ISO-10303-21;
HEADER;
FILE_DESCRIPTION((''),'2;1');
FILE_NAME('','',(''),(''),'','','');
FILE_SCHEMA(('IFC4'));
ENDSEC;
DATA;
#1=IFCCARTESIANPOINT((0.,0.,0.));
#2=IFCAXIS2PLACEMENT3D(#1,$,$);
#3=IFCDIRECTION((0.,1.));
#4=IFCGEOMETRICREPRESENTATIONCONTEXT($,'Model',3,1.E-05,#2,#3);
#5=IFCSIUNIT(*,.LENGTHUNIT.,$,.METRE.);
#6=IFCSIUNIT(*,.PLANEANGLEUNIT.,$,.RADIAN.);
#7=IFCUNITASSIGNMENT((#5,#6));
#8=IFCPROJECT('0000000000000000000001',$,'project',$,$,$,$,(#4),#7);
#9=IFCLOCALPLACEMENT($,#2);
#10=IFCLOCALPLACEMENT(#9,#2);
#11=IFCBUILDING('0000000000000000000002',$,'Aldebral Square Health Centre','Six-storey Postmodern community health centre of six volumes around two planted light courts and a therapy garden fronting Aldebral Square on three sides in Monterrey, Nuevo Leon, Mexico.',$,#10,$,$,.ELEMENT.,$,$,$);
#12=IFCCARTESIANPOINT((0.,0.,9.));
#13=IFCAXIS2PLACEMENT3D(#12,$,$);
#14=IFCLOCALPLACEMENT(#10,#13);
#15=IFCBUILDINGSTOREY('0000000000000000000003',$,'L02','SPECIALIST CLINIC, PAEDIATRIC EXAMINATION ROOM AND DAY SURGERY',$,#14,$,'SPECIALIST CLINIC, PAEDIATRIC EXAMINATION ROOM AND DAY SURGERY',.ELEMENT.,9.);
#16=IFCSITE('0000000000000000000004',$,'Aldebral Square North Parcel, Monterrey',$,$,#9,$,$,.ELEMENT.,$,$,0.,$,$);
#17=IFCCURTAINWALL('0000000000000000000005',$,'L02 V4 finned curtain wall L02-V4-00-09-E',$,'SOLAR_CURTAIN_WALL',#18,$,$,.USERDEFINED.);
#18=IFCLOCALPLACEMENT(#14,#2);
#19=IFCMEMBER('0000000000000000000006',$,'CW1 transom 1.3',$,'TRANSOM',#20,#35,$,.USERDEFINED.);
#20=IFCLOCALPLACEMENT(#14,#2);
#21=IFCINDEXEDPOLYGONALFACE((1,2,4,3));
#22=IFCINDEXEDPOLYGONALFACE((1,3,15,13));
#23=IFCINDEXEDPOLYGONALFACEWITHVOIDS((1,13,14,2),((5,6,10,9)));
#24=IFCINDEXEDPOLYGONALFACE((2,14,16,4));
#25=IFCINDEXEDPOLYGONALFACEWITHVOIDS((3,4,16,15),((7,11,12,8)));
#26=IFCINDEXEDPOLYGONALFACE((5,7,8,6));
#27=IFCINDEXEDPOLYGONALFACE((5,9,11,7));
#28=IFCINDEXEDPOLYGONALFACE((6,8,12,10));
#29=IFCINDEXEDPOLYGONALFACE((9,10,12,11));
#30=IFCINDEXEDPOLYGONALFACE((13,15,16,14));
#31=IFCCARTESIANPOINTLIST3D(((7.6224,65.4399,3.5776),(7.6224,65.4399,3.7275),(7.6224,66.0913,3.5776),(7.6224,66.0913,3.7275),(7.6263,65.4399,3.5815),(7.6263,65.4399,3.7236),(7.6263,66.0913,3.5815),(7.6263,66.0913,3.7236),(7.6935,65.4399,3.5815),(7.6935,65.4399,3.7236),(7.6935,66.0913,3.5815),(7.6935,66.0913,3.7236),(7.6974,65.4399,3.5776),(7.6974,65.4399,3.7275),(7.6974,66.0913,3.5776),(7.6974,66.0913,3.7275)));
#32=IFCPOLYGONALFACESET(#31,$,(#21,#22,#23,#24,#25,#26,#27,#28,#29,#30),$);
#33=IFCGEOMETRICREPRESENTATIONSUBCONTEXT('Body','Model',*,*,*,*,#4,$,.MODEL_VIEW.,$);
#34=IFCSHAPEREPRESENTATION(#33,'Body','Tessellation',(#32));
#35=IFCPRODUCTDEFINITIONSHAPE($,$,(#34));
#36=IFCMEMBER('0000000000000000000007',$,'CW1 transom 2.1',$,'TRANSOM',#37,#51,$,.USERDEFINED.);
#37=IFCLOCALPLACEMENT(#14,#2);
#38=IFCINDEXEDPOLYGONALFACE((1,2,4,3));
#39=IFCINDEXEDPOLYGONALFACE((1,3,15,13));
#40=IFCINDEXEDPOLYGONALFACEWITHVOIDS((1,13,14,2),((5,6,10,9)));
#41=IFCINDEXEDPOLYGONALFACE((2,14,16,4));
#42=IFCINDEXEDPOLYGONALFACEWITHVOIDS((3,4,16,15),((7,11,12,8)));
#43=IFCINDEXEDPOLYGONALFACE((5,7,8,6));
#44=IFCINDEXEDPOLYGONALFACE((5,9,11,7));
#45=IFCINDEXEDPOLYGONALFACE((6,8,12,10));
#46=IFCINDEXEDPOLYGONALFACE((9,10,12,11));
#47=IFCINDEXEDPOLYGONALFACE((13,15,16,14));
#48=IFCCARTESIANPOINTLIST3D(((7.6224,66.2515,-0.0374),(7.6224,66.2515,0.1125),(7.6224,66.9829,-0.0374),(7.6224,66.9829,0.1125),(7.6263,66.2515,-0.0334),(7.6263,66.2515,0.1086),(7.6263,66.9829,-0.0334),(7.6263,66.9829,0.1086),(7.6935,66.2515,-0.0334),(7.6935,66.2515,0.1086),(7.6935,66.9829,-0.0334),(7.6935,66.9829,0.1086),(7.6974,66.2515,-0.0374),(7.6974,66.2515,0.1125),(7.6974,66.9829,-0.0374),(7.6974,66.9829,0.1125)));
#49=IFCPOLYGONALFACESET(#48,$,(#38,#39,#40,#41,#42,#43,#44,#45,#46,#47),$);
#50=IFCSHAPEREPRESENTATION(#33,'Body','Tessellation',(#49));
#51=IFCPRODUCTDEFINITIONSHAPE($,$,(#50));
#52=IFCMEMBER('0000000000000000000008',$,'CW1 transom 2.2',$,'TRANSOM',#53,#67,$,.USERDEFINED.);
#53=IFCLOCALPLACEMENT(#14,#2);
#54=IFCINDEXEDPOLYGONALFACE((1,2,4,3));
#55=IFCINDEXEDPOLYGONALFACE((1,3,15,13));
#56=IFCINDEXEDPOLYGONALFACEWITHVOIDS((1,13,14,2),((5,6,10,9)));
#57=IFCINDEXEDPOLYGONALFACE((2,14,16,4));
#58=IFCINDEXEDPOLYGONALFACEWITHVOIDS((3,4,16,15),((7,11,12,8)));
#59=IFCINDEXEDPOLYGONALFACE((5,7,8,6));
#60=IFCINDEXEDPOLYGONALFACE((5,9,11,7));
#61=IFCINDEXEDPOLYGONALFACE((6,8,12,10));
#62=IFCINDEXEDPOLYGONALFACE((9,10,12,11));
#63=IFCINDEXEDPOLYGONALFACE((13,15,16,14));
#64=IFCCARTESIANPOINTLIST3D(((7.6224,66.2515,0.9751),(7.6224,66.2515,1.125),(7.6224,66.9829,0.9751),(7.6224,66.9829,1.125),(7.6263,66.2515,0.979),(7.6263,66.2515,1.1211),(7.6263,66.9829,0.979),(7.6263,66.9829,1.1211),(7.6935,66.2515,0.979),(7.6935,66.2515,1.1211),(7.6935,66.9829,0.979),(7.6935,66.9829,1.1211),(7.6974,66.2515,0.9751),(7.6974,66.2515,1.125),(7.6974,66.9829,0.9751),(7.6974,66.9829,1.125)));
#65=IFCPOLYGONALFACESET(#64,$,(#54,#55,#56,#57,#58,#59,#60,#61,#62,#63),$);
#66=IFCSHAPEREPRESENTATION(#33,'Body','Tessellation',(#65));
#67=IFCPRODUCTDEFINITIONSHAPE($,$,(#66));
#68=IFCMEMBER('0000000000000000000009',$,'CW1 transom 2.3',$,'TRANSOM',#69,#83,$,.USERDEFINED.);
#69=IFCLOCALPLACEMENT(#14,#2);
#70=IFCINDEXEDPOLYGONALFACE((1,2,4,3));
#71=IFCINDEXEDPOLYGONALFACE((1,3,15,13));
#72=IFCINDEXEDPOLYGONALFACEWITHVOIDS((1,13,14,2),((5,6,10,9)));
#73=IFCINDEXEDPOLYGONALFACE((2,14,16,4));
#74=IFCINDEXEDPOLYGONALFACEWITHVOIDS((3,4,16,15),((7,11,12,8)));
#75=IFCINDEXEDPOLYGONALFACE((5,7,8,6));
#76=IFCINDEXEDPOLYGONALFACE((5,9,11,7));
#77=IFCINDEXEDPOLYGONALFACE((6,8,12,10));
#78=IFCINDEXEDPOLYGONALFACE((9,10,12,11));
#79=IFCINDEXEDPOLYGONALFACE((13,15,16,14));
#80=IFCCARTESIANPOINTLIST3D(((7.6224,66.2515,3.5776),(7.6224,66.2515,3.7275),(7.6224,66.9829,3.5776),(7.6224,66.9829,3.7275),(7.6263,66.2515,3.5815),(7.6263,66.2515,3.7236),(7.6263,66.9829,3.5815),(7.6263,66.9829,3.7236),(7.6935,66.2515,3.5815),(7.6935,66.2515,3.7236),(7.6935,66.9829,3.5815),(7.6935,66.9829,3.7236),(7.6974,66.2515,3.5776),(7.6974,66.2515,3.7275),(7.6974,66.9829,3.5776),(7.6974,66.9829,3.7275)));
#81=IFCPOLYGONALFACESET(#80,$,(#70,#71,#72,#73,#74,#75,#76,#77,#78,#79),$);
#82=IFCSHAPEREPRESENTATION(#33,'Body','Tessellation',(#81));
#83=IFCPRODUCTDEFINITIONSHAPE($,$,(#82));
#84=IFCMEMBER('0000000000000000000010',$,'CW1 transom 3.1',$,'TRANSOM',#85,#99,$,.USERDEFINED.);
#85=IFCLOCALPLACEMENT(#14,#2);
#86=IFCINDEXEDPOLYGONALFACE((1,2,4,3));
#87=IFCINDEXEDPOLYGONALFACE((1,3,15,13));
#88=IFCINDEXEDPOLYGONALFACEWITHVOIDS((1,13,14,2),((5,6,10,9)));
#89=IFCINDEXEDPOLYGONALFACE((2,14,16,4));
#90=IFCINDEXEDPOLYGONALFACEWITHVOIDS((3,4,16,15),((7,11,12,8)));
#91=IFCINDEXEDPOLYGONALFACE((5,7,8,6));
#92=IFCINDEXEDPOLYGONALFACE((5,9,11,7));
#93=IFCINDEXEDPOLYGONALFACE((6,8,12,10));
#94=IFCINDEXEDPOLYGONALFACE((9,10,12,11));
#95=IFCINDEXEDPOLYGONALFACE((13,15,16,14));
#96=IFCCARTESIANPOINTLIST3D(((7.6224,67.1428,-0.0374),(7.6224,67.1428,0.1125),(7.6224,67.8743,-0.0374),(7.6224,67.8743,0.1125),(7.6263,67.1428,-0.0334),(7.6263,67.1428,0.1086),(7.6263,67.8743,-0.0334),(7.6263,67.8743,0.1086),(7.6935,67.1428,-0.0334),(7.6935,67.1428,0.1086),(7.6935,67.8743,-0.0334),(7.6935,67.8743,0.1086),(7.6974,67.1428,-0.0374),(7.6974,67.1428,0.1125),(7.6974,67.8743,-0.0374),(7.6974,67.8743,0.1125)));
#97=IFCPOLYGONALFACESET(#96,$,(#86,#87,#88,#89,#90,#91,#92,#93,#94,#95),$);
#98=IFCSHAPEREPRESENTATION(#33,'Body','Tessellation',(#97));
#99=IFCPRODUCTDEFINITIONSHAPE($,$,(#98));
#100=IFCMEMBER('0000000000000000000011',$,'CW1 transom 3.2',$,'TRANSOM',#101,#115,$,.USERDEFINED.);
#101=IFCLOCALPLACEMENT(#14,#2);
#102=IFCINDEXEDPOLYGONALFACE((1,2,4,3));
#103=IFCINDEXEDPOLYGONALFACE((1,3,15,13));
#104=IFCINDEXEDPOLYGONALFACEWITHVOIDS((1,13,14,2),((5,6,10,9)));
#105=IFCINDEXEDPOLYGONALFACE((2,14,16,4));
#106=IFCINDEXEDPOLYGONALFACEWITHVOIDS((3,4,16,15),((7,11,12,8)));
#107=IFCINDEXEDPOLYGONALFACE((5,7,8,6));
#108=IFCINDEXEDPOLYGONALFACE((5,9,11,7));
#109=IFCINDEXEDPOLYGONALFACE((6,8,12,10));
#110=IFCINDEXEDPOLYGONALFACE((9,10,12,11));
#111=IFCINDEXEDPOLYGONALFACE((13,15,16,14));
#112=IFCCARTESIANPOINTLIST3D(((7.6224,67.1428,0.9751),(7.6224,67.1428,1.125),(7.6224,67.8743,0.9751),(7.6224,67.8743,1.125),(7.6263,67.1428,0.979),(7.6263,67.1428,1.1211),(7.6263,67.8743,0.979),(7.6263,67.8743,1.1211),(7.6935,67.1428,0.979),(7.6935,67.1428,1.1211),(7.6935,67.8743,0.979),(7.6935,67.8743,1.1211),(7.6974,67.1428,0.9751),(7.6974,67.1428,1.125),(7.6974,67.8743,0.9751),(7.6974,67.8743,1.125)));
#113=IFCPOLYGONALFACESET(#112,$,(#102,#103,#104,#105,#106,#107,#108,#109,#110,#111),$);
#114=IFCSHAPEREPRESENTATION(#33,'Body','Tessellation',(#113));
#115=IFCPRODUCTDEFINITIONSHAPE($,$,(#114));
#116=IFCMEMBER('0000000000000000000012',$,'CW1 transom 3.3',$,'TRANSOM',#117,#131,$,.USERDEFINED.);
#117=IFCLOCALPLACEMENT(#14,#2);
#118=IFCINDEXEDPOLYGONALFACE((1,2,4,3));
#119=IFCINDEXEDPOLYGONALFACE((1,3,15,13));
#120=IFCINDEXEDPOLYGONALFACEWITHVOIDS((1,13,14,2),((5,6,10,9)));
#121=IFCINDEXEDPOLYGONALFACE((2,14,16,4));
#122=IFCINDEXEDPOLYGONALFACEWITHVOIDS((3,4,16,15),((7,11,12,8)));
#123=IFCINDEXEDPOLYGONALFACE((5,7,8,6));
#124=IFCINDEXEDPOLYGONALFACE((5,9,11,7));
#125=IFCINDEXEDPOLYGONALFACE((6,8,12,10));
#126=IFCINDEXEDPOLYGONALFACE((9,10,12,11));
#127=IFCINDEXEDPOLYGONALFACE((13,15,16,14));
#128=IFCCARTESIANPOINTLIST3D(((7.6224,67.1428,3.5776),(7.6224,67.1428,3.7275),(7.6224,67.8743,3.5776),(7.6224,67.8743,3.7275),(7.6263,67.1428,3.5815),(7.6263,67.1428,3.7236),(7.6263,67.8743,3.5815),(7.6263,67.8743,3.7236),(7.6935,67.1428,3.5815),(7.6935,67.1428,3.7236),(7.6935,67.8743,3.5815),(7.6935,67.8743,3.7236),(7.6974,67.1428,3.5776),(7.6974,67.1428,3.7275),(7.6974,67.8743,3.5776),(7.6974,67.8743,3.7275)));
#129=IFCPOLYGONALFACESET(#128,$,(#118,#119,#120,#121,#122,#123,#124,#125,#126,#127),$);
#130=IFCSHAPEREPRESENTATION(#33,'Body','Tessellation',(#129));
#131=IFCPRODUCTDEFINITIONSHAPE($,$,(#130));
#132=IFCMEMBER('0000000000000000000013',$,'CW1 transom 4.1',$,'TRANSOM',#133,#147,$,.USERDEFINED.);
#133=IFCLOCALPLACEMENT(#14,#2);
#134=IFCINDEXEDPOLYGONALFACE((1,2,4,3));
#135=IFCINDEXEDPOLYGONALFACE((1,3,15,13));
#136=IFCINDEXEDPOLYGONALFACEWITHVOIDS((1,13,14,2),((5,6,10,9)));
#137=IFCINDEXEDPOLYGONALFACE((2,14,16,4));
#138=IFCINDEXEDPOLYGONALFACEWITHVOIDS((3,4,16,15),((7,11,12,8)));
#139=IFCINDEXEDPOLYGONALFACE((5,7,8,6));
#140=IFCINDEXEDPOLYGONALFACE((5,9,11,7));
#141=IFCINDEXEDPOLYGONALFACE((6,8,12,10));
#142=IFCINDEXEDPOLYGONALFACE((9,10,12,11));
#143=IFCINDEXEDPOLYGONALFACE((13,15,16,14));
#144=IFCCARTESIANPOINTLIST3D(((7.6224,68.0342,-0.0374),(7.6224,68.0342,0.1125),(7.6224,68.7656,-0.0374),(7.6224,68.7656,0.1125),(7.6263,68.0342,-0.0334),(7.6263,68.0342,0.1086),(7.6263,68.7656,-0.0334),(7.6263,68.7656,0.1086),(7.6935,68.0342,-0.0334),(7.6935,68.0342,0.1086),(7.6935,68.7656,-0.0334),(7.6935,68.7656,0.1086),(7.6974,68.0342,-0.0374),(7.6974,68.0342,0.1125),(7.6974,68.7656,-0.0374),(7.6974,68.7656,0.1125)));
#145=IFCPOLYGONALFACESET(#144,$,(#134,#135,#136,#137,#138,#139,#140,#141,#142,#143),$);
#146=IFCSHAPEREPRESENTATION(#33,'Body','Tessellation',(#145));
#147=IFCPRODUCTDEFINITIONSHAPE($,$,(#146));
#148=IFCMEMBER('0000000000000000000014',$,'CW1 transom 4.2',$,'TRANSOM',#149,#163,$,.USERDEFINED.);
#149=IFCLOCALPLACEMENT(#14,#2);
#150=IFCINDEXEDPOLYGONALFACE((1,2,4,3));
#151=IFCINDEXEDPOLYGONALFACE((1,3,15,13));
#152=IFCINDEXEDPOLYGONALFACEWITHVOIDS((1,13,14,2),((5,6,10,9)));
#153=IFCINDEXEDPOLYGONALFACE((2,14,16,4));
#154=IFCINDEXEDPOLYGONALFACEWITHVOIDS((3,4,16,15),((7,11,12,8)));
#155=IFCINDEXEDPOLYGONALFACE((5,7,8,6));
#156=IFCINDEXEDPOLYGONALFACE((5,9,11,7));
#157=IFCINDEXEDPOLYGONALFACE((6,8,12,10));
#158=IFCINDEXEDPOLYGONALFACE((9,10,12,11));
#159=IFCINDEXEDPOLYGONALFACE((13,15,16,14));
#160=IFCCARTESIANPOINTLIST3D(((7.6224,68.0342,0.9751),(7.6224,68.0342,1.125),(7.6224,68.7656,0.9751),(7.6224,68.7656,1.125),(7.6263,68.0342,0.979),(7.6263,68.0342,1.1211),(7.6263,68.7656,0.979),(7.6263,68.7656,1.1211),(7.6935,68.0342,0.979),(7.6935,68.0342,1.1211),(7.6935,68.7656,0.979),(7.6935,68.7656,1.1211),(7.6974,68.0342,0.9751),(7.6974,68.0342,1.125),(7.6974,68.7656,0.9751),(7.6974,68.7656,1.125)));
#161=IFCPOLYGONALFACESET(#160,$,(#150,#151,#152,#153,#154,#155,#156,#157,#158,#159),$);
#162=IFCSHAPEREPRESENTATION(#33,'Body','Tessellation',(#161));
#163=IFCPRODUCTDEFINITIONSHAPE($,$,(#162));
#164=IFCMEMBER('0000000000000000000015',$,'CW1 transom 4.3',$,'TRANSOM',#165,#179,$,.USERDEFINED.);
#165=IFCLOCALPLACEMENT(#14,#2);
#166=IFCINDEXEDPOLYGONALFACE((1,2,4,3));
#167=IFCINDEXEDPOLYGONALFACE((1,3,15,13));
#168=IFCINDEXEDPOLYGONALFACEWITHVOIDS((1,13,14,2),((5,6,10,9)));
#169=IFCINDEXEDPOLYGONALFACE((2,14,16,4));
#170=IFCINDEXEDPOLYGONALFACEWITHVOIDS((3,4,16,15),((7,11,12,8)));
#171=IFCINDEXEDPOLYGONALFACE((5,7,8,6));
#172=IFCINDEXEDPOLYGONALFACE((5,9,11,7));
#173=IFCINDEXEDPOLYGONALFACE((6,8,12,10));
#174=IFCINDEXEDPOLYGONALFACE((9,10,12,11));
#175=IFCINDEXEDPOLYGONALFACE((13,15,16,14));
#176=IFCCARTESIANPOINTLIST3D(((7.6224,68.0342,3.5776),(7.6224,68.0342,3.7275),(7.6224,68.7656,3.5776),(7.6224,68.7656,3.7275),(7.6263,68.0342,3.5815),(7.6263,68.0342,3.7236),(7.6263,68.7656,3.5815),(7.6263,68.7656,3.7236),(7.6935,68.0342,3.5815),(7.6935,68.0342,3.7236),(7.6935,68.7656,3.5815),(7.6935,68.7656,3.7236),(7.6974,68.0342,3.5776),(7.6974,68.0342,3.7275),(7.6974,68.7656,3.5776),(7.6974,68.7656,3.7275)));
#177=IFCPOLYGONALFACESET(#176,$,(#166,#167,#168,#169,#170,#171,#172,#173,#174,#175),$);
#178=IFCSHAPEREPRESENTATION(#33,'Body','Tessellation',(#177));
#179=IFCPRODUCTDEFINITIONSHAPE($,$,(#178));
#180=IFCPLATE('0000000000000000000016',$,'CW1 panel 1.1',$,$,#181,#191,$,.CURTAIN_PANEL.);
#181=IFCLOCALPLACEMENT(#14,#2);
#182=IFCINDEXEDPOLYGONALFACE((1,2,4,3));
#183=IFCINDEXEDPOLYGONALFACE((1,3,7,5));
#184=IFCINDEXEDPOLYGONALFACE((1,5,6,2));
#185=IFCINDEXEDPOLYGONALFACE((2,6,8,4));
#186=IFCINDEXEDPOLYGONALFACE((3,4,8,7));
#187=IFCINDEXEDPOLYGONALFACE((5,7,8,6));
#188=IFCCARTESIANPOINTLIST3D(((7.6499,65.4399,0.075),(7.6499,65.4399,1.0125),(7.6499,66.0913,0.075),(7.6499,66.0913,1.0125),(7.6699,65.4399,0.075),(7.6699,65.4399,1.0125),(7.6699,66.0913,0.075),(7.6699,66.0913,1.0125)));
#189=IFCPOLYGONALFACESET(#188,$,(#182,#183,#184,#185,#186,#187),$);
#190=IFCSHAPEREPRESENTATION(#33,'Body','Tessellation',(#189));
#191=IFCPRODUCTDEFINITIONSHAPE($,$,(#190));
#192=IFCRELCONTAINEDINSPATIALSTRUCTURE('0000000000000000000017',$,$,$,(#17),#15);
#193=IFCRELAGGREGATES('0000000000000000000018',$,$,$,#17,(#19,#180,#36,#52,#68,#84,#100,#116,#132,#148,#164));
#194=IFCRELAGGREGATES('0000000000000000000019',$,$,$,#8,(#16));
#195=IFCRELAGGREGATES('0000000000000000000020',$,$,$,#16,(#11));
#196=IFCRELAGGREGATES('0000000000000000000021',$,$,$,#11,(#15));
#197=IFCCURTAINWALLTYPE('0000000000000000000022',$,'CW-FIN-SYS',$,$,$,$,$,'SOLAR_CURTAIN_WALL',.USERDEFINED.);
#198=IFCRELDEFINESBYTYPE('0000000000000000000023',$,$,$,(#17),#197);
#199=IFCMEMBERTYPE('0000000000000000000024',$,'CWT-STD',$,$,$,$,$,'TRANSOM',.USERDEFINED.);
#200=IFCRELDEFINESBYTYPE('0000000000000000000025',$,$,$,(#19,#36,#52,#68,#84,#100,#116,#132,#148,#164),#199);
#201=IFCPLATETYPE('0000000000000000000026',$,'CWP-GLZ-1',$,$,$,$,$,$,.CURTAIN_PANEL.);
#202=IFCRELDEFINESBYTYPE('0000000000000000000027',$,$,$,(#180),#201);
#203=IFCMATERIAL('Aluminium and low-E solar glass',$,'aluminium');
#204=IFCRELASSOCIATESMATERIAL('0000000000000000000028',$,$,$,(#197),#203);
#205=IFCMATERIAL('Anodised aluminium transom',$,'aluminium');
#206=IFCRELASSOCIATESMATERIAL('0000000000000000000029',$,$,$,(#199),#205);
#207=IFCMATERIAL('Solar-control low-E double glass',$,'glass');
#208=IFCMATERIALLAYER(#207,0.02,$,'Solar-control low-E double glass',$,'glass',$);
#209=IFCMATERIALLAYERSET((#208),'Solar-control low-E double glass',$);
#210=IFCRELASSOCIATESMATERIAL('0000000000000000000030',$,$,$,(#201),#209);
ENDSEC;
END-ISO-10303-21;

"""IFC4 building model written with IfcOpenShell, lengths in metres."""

from ifc_helpers import new_model, si_unit, direction, frame, origin, origin_2d, place, context, subcontext, project, spatial, rectangle, hollow_rectangle, extrude, material, layer, layer_set, material_profile, profile_set, type_object, element, aggregate, save


model = new_model("IFC4")

# Units and contexts
model_context = context("Model", 3, precision=1e-05, world=origin(), true_north=direction((0.0, 1.0)))
body_context = subcontext(model_context, "Body", "Model", "MODEL_VIEW")
ifc_project = project(units=[si_unit("LENGTHUNIT", "METRE"), si_unit("PLANEANGLEUNIT", "RADIAN")], contexts=[model_context])

# Site, building, storey
site_placement = place(None, origin())
site = spatial("IfcSite", under=ifc_project, at=site_placement, Name="Aldebral Square North Parcel, Monterrey", CompositionType="ELEMENT", RefElevation=0.0)
building_placement = place(site_placement, origin())
building = spatial("IfcBuilding", under=site, at=building_placement, Name="Aldebral Square Health Centre", Description="Six-storey Postmodern community health centre of six volumes around two planted light courts and a therapy garden fronting Aldebral Square on three sides in Monterrey, Nuevo Leon, Mexico.", CompositionType="ELEMENT")
storey_placement = place(building_placement, frame((0.0, 0.0, 9.0)))
storey = spatial("IfcBuildingStorey", under=building, at=storey_placement, Name="L02", Description="SPECIALIST CLINIC, PAEDIATRIC EXAMINATION ROOM AND DAY SURGERY", LongName="SPECIALIST CLINIC, PAEDIATRIC EXAMINATION ROOM AND DAY SURGERY", CompositionType="ELEMENT", Elevation=9.0)

# Curtain wall, members, plate
ifc_material_1 = material(Name="Aluminium and low-E solar glass", Category="aluminium")
curtain_wall_type = type_object("IfcCurtainWallType", Name="CW-FIN-SYS", ElementType="SOLAR_CURTAIN_WALL", PredefinedType="USERDEFINED", material=ifc_material_1)
curtain_wall_1_placement = place(storey_placement, origin())
curtain_wall_1 = element("IfcCurtainWall", 1, at=curtain_wall_1_placement, inside=storey, type_object=curtain_wall_type, Name="L02 V4 finned curtain wall L02-V4-00-09-E", ObjectType="SOLAR_CURTAIN_WALL", PredefinedType="USERDEFINED")
ifc_material_2 = material(Name="Anodised aluminium transom", Category="aluminium")
ifc_material_profile_1 = material_profile(ifc_material_2, hollow_rectangle(XDim=0.075, YDim=0.1499, WallThickness=0.0039, at=origin_2d()), Name="CWT 75x150x4")
ifc_profile_set_1 = profile_set([ifc_material_profile_1], Name="Anodised aluminium transom")
member_type_1 = type_object("IfcMemberType", Name="CWT-STD", ElementType="TRANSOM", PredefinedType="USERDEFINED", material=ifc_profile_set_1)
member_1_placement = place(storey_placement, frame((7.6599, 65.4399, 3.6526), z_axis=(0.0, 1.0, 0.0), x_axis=(-1.0, 0.0, 0.0)))
member_1 = element("IfcMember", 2, at=member_1_placement, type_object=member_type_1, Name="CW1 transom 1.3", ObjectType="TRANSOM", PredefinedType="USERDEFINED", context=body_context, shape_type="SweptSolid", body=[
    extrude(hollow_rectangle(XDim=0.075, YDim=0.1499, WallThickness=0.0039, at=origin_2d()), origin(), (0.0, 0.0, 1.0), 0.6514),
])
member_2_placement = place(storey_placement, frame((7.6599, 66.2515, 0.0376), z_axis=(0.0, 1.0, 0.0), x_axis=(-1.0, 0.0, 0.0)))
member_2 = element("IfcMember", 3, at=member_2_placement, type_object=member_type_1, Name="CW1 transom 2.1", ObjectType="TRANSOM", PredefinedType="USERDEFINED", context=body_context, shape_type="SweptSolid", body=[
    extrude(hollow_rectangle(XDim=0.075, YDim=0.1499, WallThickness=0.0039, at=origin_2d()), origin(), (0.0, 0.0, 1.0), 0.7314),
])
member_3_placement = place(storey_placement, frame((7.6599, 66.2515, 1.05), z_axis=(0.0, 1.0, 0.0), x_axis=(-1.0, 0.0, 0.0)))
member_3 = element("IfcMember", 4, at=member_3_placement, type_object=member_type_1, Name="CW1 transom 2.2", ObjectType="TRANSOM", PredefinedType="USERDEFINED", context=body_context, shape_type="SweptSolid", body=[
    extrude(hollow_rectangle(XDim=0.075, YDim=0.1499, WallThickness=0.0039, at=origin_2d()), origin(), (0.0, 0.0, 1.0), 0.7314),
])
member_4_placement = place(storey_placement, frame((7.6599, 66.2515, 3.6526), z_axis=(0.0, 1.0, 0.0), x_axis=(-1.0, 0.0, 0.0)))
member_4 = element("IfcMember", 5, at=member_4_placement, type_object=member_type_1, Name="CW1 transom 2.3", ObjectType="TRANSOM", PredefinedType="USERDEFINED", context=body_context, shape_type="SweptSolid", body=[
    extrude(hollow_rectangle(XDim=0.075, YDim=0.1499, WallThickness=0.0039, at=origin_2d()), origin(), (0.0, 0.0, 1.0), 0.7314),
])
member_5_placement = place(storey_placement, frame((7.6599, 67.1428, 0.0376), z_axis=(0.0, 1.0, 0.0), x_axis=(-1.0, 0.0, 0.0)))
member_5 = element("IfcMember", 6, at=member_5_placement, type_object=member_type_1, Name="CW1 transom 3.1", ObjectType="TRANSOM", PredefinedType="USERDEFINED", context=body_context, shape_type="SweptSolid", body=[
    extrude(hollow_rectangle(XDim=0.075, YDim=0.1499, WallThickness=0.0039, at=origin_2d()), origin(), (0.0, 0.0, 1.0), 0.7314),
])
member_6_placement = place(storey_placement, frame((7.6599, 67.1428, 1.05), z_axis=(0.0, 1.0, 0.0), x_axis=(-1.0, 0.0, 0.0)))
member_6 = element("IfcMember", 7, at=member_6_placement, type_object=member_type_1, Name="CW1 transom 3.2", ObjectType="TRANSOM", PredefinedType="USERDEFINED", context=body_context, shape_type="SweptSolid", body=[
    extrude(hollow_rectangle(XDim=0.075, YDim=0.1499, WallThickness=0.0039, at=origin_2d()), origin(), (0.0, 0.0, 1.0), 0.7314),
])
member_7_placement = place(storey_placement, frame((7.6599, 67.1428, 3.6526), z_axis=(0.0, 1.0, 0.0), x_axis=(-1.0, 0.0, 0.0)))
member_7 = element("IfcMember", 8, at=member_7_placement, type_object=member_type_1, Name="CW1 transom 3.3", ObjectType="TRANSOM", PredefinedType="USERDEFINED", context=body_context, shape_type="SweptSolid", body=[
    extrude(hollow_rectangle(XDim=0.075, YDim=0.1499, WallThickness=0.0039, at=origin_2d()), origin(), (0.0, 0.0, 1.0), 0.7314),
])
member_8_placement = place(storey_placement, frame((7.6599, 68.0342, 0.0376), z_axis=(0.0, 1.0, 0.0), x_axis=(-1.0, 0.0, 0.0)))
member_8 = element("IfcMember", 9, at=member_8_placement, type_object=member_type_1, Name="CW1 transom 4.1", ObjectType="TRANSOM", PredefinedType="USERDEFINED", context=body_context, shape_type="SweptSolid", body=[
    extrude(hollow_rectangle(XDim=0.075, YDim=0.1499, WallThickness=0.0039, at=origin_2d()), origin(), (0.0, 0.0, 1.0), 0.7314),
])
member_9_placement = place(storey_placement, frame((7.6599, 68.0342, 1.05), z_axis=(0.0, 1.0, 0.0), x_axis=(-1.0, 0.0, 0.0)))
member_9 = element("IfcMember", 10, at=member_9_placement, type_object=member_type_1, Name="CW1 transom 4.2", ObjectType="TRANSOM", PredefinedType="USERDEFINED", context=body_context, shape_type="SweptSolid", body=[
    extrude(hollow_rectangle(XDim=0.075, YDim=0.1499, WallThickness=0.0039, at=origin_2d()), origin(), (0.0, 0.0, 1.0), 0.7314),
])
member_10_placement = place(storey_placement, frame((7.6599, 68.0342, 3.6526), z_axis=(0.0, 1.0, 0.0), x_axis=(-1.0, 0.0, 0.0)))
member_10 = element("IfcMember", 11, at=member_10_placement, type_object=member_type_1, Name="CW1 transom 4.3", ObjectType="TRANSOM", PredefinedType="USERDEFINED", context=body_context, shape_type="SweptSolid", body=[
    extrude(hollow_rectangle(XDim=0.075, YDim=0.1499, WallThickness=0.0039, at=origin_2d()), origin(), (0.0, 0.0, 1.0), 0.7314),
])
ifc_material_3 = material(Name="Solar-control low-E double glass", Category="glass")
ifc_layer_1 = layer(ifc_material_3, 0.02, Name="Solar-control low-E double glass", Category="glass")
ifc_layer_set_1 = layer_set([ifc_layer_1], Name="Solar-control low-E double glass")
plate_type_1 = type_object("IfcPlateType", Name="CWP-GLZ-1", PredefinedType="CURTAIN_PANEL", material=ifc_layer_set_1)
plate_1_placement = place(storey_placement, frame((7.6599, 65.7656, 0.075), z_axis=(0.0, 0.0, 1.0), x_axis=(0.0, 1.0, 0.0)))
plate_1 = element("IfcPlate", 12, at=plate_1_placement, type_object=plate_type_1, Name="CW1 panel 1.1", PredefinedType="CURTAIN_PANEL", context=body_context, shape_type="SweptSolid", body=[
    extrude(rectangle(XDim=0.6514, YDim=0.02, at=origin_2d()), origin(), (0.0, 0.0, 1.0), 0.9375),
])
aggregate(curtain_wall_1, [member_1, plate_1, member_2, member_3, member_4, member_5, member_6, member_7, member_8, member_9, member_10])

save(model, "model.ifc")
